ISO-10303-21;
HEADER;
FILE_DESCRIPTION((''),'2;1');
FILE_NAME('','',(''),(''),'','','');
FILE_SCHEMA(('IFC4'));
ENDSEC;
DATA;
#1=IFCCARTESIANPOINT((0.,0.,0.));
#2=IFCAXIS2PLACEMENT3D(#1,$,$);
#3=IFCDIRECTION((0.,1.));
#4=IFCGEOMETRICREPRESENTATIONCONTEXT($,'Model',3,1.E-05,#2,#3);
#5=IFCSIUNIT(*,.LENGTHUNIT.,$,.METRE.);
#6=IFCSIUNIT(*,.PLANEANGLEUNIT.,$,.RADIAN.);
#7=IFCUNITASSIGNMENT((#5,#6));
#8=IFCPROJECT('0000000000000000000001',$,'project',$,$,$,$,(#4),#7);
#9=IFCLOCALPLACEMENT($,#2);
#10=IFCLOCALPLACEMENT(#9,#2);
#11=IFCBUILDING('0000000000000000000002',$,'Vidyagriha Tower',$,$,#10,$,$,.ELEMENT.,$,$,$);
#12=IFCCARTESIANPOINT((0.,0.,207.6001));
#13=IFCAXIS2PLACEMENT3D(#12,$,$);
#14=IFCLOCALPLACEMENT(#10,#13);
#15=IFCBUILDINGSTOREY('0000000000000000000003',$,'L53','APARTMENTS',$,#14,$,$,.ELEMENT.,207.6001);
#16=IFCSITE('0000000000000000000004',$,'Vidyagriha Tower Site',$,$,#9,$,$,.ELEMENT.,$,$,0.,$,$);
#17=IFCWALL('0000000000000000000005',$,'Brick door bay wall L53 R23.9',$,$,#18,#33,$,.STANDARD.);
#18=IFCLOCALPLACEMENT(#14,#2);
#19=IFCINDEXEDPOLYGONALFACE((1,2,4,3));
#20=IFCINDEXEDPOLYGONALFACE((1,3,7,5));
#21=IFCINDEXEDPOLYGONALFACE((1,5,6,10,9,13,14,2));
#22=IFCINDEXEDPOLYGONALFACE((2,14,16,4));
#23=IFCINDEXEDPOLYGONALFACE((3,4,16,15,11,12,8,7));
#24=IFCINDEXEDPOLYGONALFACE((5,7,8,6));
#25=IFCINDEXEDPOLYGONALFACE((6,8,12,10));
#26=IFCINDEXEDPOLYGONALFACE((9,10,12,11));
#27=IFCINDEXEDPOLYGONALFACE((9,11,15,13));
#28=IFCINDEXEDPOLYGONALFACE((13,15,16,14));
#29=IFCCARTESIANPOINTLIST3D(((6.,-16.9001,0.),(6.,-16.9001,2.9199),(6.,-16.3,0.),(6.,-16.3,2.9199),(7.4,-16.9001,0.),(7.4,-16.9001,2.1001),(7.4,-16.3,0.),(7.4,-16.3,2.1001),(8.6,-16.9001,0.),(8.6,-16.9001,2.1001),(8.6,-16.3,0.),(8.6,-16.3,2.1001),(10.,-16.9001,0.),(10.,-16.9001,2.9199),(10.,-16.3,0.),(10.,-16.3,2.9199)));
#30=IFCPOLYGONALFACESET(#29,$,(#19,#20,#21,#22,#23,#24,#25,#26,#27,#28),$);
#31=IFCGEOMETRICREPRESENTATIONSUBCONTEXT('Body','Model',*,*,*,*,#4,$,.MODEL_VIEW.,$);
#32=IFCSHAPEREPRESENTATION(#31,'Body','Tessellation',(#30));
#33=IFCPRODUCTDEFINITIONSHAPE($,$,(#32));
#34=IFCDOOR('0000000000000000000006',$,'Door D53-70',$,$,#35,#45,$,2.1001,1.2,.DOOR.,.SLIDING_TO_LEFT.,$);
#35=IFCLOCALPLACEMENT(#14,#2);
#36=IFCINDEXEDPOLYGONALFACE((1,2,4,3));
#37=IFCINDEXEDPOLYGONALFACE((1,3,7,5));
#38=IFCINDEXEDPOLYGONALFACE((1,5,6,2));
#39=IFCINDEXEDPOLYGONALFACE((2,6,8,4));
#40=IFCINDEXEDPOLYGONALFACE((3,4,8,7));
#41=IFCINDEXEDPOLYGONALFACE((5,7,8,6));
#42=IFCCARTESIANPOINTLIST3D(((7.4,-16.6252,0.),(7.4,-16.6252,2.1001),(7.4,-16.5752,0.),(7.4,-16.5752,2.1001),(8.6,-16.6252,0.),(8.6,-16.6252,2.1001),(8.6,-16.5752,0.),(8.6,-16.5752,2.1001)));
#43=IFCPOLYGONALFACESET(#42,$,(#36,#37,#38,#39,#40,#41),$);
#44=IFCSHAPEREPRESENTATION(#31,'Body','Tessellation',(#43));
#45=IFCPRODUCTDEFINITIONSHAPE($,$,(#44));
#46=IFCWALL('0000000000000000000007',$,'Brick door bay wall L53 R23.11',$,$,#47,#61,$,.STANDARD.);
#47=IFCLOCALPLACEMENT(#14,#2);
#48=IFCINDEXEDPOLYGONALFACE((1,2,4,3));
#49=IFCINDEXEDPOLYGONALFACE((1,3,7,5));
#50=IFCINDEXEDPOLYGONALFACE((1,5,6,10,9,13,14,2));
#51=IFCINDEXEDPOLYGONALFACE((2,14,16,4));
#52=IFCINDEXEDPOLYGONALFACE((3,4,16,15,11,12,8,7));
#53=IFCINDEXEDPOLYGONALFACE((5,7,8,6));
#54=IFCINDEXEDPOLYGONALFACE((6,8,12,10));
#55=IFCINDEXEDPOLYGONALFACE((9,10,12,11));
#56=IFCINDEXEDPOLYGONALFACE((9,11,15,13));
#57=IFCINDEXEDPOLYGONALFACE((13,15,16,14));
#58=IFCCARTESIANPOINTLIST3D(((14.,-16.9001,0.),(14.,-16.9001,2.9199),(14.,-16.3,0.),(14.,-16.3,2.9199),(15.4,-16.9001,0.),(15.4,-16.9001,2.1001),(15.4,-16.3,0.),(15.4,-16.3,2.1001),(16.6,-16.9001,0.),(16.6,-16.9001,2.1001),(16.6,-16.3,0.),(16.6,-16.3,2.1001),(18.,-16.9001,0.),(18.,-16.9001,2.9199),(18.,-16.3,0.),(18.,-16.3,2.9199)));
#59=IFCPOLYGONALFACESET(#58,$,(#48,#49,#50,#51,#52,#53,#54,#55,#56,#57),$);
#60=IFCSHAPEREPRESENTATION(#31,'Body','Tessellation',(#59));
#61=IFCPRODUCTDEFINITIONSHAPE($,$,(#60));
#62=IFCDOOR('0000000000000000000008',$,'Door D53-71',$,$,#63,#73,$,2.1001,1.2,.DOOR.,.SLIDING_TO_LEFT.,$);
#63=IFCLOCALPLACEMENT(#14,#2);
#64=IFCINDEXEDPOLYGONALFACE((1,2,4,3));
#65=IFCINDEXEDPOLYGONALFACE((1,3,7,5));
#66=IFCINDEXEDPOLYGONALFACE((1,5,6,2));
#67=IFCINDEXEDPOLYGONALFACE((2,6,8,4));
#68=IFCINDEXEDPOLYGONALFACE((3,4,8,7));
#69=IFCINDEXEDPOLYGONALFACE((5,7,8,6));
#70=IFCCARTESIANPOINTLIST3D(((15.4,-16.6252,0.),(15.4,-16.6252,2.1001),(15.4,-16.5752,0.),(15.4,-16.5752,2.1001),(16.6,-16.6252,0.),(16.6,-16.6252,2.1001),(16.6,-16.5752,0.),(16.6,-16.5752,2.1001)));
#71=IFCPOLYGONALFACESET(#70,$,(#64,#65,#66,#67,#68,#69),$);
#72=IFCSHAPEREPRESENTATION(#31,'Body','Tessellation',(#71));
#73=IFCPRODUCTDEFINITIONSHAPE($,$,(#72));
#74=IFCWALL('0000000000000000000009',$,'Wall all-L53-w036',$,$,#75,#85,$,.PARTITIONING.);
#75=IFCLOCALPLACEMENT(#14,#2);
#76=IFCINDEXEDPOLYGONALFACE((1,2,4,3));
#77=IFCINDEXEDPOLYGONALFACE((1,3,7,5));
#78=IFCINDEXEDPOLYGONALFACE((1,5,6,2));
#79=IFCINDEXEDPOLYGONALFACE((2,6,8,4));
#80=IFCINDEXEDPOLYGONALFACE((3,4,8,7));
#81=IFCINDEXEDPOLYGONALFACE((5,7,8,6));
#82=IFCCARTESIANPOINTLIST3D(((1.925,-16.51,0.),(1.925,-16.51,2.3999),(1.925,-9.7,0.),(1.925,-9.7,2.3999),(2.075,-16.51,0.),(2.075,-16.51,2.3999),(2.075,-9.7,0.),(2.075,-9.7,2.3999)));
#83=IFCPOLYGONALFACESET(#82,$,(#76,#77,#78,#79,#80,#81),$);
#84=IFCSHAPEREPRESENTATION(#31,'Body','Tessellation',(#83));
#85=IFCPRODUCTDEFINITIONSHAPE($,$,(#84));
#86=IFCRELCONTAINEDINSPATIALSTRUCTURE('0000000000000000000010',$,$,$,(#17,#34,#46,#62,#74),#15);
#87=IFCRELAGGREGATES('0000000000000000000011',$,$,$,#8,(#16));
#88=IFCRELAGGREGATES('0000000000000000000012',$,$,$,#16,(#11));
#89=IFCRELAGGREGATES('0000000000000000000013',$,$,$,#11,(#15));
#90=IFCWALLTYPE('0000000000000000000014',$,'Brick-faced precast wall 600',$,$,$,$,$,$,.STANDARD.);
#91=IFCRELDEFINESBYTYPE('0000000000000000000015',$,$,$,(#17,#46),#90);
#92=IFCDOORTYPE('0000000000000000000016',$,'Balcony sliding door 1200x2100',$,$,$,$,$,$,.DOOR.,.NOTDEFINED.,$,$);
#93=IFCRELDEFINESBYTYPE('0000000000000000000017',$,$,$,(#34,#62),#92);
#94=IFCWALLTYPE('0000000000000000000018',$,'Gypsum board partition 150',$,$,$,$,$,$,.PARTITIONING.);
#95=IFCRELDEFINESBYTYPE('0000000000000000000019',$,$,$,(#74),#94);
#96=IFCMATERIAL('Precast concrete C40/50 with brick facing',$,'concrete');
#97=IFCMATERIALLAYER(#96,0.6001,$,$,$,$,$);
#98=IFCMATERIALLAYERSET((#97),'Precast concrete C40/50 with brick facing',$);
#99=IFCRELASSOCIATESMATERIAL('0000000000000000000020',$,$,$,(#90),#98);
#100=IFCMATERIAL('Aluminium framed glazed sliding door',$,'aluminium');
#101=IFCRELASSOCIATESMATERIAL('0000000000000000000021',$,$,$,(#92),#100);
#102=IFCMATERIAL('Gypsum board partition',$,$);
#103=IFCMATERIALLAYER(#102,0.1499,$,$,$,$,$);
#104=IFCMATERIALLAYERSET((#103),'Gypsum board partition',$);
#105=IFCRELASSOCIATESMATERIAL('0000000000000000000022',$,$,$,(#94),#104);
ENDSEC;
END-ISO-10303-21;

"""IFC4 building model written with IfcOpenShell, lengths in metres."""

from ifc_helpers import new_model, si_unit, direction, frame, frame_2d, origin, place, context, subcontext, project, spatial, rectangle, extrude, material, layer, layer_set, type_object, element, fill, save


model = new_model("IFC4")

# Units and contexts
model_context = context("Model", 3, precision=1e-05, world=origin(), true_north=direction((0.0, 1.0)))
body_context = subcontext(model_context, "Body", "Model", "MODEL_VIEW")
ifc_project = project(units=[si_unit("LENGTHUNIT", "METRE"), si_unit("PLANEANGLEUNIT", "RADIAN")], contexts=[model_context])

# Site, building, storey
site_placement = place(None, origin())
site = spatial("IfcSite", under=ifc_project, at=site_placement, Name="Vidyagriha Tower Site", CompositionType="ELEMENT", RefElevation=0.0)
building_placement = place(site_placement, origin())
building = spatial("IfcBuilding", under=site, at=building_placement, Name="Vidyagriha Tower", CompositionType="ELEMENT")
storey_placement = place(building_placement, frame((0.0, 0.0, 207.6001)))
storey = spatial("IfcBuildingStorey", under=building, at=storey_placement, Name="L53", Description="APARTMENTS", CompositionType="ELEMENT", Elevation=207.6001)

# Walls, openings, doors
ifc_material_1 = material(Name="Precast concrete C40/50 with brick facing", Category="concrete")
ifc_layer_1 = layer(ifc_material_1, 0.6001)
ifc_layer_set_1 = layer_set([ifc_layer_1], Name="Precast concrete C40/50 with brick facing")
wall_type_1 = type_object("IfcWallType", Name="Brick-faced precast wall 600", PredefinedType="STANDARD", material=ifc_layer_set_1)
wall_1_placement = place(storey_placement, frame((6.0, -16.6001, 0.0)))
wall_1 = element("IfcWall", 1, at=wall_1_placement, inside=storey, type_object=wall_type_1, Name="Brick door bay wall L53 R23.9", PredefinedType="STANDARD", context=body_context, shape_type="SweptSolid", body=[
    extrude(rectangle(XDim=4.0, YDim=0.6001, at=frame_2d((2.0, 0.0))), origin(), (0.0, 0.0, 1.0), 2.9199),
])
opening_1_placement = place(wall_1_placement, frame((1.3999, 0.0, 0.0)))
opening_1 = element("IfcOpeningElement", 2, at=opening_1_placement, cuts=wall_1, PredefinedType="OPENING", context=body_context, shape_type="SweptSolid", body=[
    extrude(rectangle(XDim=1.2, YDim=2.1001, at=frame_2d((0.6001, 1.05))), frame((0.0, 0.3101, 0.0), z_axis=(0.0, -1.0, 0.0), x_axis=(1.0, 0.0, 0.0)), (0.0, 0.0, 1.0), 0.6201),
])
ifc_material_2 = material(Name="Aluminium framed glazed sliding door", Category="aluminium")
door_type = type_object("IfcDoorType", Name="Balcony sliding door 1200x2100", OperationType="NOTDEFINED", PredefinedType="DOOR", material=ifc_material_2)
door_1_placement = place(opening_1_placement, origin())
door_1 = element("IfcDoor", 3, at=door_1_placement, inside=storey, type_object=door_type, Name="Door D53-70", OperationType="SLIDING_TO_LEFT", OverallHeight=2.1001, OverallWidth=1.2, PredefinedType="DOOR", context=body_context, shape_type="SweptSolid", body=[
    extrude(rectangle(XDim=1.2, YDim=2.1001, at=frame_2d((0.6001, 1.05))), frame((0.0, 0.0249, 0.0), z_axis=(0.0, -1.0, 0.0), x_axis=(1.0, 0.0, 0.0)), (0.0, 0.0, 1.0), 0.05),
])
fill(opening_1, door_1)
wall_2_placement = place(storey_placement, frame((14.0, -16.6001, 0.0)))
wall_2 = element("IfcWall", 4, at=wall_2_placement, inside=storey, type_object=wall_type_1, Name="Brick door bay wall L53 R23.11", PredefinedType="STANDARD", context=body_context, shape_type="SweptSolid", body=[
    extrude(rectangle(XDim=4.0, YDim=0.6001, at=frame_2d((2.0, 0.0))), origin(), (0.0, 0.0, 1.0), 2.9199),
])
opening_2_placement = place(wall_2_placement, frame((1.3999, 0.0, 0.0)))
opening_2 = element("IfcOpeningElement", 5, at=opening_2_placement, cuts=wall_2, PredefinedType="OPENING", context=body_context, shape_type="SweptSolid", body=[
    extrude(rectangle(XDim=1.2, YDim=2.1001, at=frame_2d((0.6001, 1.05))), frame((0.0, 0.3101, 0.0), z_axis=(0.0, -1.0, 0.0), x_axis=(1.0, 0.0, 0.0)), (0.0, 0.0, 1.0), 0.6201),
])
door_2_placement = place(opening_2_placement, origin())
door_2 = element("IfcDoor", 6, at=door_2_placement, inside=storey, type_object=door_type, Name="Door D53-71", OperationType="SLIDING_TO_LEFT", OverallHeight=2.1001, OverallWidth=1.2, PredefinedType="DOOR", context=body_context, shape_type="SweptSolid", body=[
    extrude(rectangle(XDim=1.2, YDim=2.1001, at=frame_2d((0.6001, 1.05))), frame((0.0, 0.0249, 0.0), z_axis=(0.0, -1.0, 0.0), x_axis=(1.0, 0.0, 0.0)), (0.0, 0.0, 1.0), 0.05),
])
fill(opening_2, door_2)

# Wall
ifc_material_3 = material(Name="Gypsum board partition")
ifc_layer_2 = layer(ifc_material_3, 0.1499)
ifc_layer_set_2 = layer_set([ifc_layer_2], Name="Gypsum board partition")
wall_type_2 = type_object("IfcWallType", Name="Gypsum board partition 150", PredefinedType="PARTITIONING", material=ifc_layer_set_2)
wall_3_placement = place(storey_placement, frame((2.0, -9.7, 0.0), z_axis=(0.0, 0.0, 1.0), x_axis=(0.0, -1.0, 0.0)))
element("IfcWall", 7, at=wall_3_placement, inside=storey, type_object=wall_type_2, Name="Wall all-L53-w036", PredefinedType="PARTITIONING", context=body_context, shape_type="SweptSolid", body=[
    extrude(rectangle(XDim=6.8101, YDim=0.1499, at=frame_2d((3.405, 0.0))), origin(), (0.0, 0.0, 1.0), 2.3999),
])

save(model, "model.ifc")
